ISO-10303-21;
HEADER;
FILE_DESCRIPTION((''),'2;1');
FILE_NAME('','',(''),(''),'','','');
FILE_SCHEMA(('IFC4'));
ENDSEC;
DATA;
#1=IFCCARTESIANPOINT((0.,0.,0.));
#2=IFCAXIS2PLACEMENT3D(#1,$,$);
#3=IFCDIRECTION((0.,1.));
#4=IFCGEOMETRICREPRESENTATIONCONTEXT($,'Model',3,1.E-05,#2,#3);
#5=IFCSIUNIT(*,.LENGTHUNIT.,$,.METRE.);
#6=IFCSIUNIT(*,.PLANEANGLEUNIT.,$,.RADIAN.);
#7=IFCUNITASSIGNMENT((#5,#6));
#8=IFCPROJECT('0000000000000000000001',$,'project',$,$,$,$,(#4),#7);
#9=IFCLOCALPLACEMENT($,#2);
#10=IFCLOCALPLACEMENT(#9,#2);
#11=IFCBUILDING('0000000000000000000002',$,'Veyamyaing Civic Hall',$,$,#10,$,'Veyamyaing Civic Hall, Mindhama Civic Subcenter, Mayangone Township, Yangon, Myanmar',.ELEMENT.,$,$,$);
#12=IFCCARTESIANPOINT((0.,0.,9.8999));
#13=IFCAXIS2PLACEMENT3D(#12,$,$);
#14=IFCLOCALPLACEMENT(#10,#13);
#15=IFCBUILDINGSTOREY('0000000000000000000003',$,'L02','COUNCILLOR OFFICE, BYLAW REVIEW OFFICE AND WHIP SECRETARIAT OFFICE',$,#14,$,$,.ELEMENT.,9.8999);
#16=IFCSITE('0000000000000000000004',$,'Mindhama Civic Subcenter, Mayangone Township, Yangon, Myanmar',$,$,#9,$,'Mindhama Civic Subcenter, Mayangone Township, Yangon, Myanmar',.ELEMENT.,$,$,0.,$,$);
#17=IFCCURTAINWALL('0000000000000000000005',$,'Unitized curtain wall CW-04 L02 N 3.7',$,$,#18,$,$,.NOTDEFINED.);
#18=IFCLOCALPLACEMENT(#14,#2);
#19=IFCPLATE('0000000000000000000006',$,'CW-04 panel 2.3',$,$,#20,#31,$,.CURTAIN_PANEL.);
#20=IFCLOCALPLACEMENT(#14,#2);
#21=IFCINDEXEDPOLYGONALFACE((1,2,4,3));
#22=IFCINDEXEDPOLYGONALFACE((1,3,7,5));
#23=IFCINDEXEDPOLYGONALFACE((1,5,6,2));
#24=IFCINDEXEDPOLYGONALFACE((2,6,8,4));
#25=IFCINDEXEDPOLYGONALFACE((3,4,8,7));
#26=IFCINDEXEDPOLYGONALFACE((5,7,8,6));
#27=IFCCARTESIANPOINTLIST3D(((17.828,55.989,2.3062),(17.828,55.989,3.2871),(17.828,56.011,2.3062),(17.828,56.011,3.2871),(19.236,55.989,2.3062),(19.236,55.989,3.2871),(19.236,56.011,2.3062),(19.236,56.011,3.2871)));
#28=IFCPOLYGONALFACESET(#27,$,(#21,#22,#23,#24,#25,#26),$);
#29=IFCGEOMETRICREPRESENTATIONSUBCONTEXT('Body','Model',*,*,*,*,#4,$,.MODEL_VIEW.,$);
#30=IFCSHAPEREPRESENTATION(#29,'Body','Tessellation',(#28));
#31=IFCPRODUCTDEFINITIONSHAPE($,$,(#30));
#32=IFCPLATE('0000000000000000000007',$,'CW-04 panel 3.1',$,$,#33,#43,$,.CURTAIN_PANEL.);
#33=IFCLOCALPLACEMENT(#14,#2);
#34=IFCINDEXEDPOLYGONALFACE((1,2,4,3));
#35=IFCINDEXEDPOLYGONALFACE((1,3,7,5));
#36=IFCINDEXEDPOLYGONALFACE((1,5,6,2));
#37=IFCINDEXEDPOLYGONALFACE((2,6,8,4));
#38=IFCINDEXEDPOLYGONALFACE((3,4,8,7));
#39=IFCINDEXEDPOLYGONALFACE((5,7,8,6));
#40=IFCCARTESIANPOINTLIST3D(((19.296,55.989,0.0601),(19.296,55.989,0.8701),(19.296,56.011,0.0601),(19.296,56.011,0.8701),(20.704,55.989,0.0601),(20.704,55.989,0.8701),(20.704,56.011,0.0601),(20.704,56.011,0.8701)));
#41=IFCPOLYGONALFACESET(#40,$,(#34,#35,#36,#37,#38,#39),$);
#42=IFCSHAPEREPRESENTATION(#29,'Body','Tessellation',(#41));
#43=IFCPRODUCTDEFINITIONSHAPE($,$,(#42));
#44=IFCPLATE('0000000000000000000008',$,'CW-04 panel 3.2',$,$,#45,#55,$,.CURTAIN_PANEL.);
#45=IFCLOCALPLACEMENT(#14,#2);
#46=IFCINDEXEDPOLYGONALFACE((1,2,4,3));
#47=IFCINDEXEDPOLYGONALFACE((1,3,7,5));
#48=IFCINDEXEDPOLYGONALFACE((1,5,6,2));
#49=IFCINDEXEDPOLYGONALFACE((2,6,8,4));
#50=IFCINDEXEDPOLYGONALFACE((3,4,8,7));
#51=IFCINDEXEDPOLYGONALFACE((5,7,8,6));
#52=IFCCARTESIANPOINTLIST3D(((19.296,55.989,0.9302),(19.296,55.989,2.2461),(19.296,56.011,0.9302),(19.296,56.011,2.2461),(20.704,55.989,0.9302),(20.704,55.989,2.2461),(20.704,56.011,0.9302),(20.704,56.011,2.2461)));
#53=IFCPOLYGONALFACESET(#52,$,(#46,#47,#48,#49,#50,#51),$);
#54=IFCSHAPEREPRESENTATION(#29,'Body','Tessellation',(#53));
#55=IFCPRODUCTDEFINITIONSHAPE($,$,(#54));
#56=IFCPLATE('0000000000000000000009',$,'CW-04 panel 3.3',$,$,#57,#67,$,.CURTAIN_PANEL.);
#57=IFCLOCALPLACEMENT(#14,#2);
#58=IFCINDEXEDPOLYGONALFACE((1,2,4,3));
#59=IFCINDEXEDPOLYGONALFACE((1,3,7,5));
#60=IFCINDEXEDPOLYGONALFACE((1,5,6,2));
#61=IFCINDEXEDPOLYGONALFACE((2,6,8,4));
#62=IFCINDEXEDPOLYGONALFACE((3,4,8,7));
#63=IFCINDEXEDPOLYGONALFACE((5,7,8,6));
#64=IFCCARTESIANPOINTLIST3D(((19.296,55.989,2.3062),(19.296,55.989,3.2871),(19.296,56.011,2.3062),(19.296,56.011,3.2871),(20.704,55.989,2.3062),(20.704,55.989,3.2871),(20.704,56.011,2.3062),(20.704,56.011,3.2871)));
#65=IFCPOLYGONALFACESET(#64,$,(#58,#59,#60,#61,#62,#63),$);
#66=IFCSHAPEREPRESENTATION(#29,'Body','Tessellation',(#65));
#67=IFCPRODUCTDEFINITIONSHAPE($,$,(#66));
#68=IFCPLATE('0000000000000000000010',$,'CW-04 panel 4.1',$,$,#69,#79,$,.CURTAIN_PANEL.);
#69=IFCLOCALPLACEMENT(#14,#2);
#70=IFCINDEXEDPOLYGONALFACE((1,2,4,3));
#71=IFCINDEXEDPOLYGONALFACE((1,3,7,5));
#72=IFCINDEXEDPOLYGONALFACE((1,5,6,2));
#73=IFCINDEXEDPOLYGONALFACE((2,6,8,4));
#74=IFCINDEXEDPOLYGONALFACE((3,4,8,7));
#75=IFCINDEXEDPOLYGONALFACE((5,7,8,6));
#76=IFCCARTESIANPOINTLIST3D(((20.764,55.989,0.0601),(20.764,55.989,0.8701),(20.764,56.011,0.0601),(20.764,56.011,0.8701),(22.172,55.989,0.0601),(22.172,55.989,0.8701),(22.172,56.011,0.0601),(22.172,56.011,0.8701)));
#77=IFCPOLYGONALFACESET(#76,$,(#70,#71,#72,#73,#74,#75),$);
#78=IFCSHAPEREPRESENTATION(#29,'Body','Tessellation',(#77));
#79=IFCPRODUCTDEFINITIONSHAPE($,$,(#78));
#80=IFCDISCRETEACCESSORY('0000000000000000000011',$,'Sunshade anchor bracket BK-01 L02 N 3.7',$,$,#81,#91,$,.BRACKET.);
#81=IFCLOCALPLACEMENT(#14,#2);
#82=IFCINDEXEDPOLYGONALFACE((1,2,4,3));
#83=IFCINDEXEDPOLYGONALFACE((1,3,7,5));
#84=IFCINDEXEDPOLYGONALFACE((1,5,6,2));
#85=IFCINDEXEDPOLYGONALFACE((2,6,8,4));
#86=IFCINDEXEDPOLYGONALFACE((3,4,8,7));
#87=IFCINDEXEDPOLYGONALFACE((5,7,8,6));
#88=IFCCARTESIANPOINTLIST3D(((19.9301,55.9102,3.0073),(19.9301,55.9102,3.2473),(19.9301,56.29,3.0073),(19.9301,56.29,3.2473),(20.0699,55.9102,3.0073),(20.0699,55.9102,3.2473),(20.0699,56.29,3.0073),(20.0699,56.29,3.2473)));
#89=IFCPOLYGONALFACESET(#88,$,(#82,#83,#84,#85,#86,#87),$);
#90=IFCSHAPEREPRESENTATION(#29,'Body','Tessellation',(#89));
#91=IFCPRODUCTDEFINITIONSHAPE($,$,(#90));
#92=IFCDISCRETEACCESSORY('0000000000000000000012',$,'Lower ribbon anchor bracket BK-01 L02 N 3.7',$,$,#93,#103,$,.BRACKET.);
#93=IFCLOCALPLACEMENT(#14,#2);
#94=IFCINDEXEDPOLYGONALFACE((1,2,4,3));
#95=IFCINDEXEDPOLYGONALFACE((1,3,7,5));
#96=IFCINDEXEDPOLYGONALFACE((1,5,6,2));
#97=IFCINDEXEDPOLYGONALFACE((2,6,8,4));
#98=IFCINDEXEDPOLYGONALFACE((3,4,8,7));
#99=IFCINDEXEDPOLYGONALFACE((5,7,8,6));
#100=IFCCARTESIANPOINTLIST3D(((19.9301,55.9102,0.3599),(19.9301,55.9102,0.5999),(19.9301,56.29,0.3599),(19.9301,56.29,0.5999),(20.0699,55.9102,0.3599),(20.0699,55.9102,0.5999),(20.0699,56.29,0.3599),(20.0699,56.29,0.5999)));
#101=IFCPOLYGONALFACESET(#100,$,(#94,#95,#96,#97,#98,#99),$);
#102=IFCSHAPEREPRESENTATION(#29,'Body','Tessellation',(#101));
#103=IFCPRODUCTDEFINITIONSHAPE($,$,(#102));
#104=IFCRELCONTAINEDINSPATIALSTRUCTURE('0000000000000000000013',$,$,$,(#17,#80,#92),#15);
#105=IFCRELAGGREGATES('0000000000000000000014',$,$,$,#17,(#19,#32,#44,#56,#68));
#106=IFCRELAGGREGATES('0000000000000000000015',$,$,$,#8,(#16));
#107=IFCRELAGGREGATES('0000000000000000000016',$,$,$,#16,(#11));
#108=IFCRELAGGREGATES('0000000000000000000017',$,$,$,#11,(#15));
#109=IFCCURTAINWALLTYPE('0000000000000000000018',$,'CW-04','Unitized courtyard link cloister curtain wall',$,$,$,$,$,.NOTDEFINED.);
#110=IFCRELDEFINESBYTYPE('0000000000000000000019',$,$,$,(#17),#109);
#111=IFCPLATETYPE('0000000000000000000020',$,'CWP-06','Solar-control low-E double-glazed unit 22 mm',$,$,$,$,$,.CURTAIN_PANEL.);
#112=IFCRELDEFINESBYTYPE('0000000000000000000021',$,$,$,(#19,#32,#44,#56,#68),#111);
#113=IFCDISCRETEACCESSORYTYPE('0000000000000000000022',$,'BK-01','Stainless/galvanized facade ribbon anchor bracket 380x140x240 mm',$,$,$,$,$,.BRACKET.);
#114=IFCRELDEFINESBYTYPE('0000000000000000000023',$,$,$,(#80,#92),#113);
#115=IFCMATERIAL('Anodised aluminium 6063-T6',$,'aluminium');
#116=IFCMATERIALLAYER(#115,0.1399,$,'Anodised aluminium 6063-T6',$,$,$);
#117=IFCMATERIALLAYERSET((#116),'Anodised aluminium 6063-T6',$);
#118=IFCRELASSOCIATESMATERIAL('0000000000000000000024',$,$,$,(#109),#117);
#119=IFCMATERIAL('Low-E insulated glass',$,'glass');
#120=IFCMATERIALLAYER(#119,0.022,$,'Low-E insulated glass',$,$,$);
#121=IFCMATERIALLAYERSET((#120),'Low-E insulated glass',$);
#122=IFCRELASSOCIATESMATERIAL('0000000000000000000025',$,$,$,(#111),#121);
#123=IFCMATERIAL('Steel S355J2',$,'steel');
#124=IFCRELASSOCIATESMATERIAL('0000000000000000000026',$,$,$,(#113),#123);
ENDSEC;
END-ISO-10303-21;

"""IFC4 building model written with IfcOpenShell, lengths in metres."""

from ifc_helpers import new_model, si_unit, direction, frame, origin, origin_2d, place, context, subcontext, project, spatial, rectangle, extrude, material, layer, layer_set, type_object, element, aggregate, save


model = new_model("IFC4")

# Units and contexts
model_context = context("Model", 3, precision=1e-05, world=origin(), true_north=direction((0.0, 1.0)))
body_context = subcontext(model_context, "Body", "Model", "MODEL_VIEW")
ifc_project = project(units=[si_unit("LENGTHUNIT", "METRE"), si_unit("PLANEANGLEUNIT", "RADIAN")], contexts=[model_context])

# Site, building, storey
site_placement = place(None, origin())
site = spatial("IfcSite", under=ifc_project, at=site_placement, Name="Mindhama Civic Subcenter, Mayangone Township, Yangon, Myanmar", LongName="Mindhama Civic Subcenter, Mayangone Township, Yangon, Myanmar", CompositionType="ELEMENT", RefElevation=0.0)
building_placement = place(site_placement, origin())
building = spatial("IfcBuilding", under=site, at=building_placement, Name="Veyamyaing Civic Hall", LongName="Veyamyaing Civic Hall, Mindhama Civic Subcenter, Mayangone Township, Yangon, Myanmar", CompositionType="ELEMENT")
storey_placement = place(building_placement, frame((0.0, 0.0, 9.8999)))
storey = spatial("IfcBuildingStorey", under=building, at=storey_placement, Name="L02", Description="COUNCILLOR OFFICE, BYLAW REVIEW OFFICE AND WHIP SECRETARIAT OFFICE", CompositionType="ELEMENT", Elevation=9.8999)

# Curtain wall, plates
ifc_material_1 = material(Name="Anodised aluminium 6063-T6", Category="aluminium")
ifc_layer_1 = layer(ifc_material_1, 0.1399, Name="Anodised aluminium 6063-T6")
ifc_layer_set_1 = layer_set([ifc_layer_1], Name="Anodised aluminium 6063-T6")
curtain_wall_type = type_object("IfcCurtainWallType", Name="CW-04", Description="Unitized courtyard link cloister curtain wall", PredefinedType="NOTDEFINED", material=ifc_layer_set_1)
curtain_wall_placement = place(storey_placement, origin())
curtain_wall = element("IfcCurtainWall", 1, at=curtain_wall_placement, inside=storey, type_object=curtain_wall_type, Name="Unitized curtain wall CW-04 L02 N 3.7", PredefinedType="NOTDEFINED")
ifc_material_2 = material(Name="Low-E insulated glass", Category="glass")
ifc_layer_2 = layer(ifc_material_2, 0.022, Name="Low-E insulated glass")
ifc_layer_set_2 = layer_set([ifc_layer_2], Name="Low-E insulated glass")
plate_type = type_object("IfcPlateType", Name="CWP-06", Description="Solar-control low-E double-glazed unit 22 mm", PredefinedType="CURTAIN_PANEL", material=ifc_layer_set_2)
plate_1_placement = place(storey_placement, frame((18.532, 56.0, 2.3062), z_axis=(0.0, 0.0, 1.0), x_axis=(1.0, 0.0, 0.0)))
plate_1 = element("IfcPlate", 2, at=plate_1_placement, type_object=plate_type, Name="CW-04 panel 2.3", PredefinedType="CURTAIN_PANEL", context=body_context, shape_type="SweptSolid", body=[
    extrude(rectangle(XDim=1.408, YDim=0.022, at=origin_2d()), origin(), (0.0, 0.0, 1.0), 0.981),
])
plate_2_placement = place(storey_placement, frame((20.0, 56.0, 0.0601), z_axis=(0.0, 0.0, 1.0), x_axis=(1.0, 0.0, 0.0)))
plate_2 = element("IfcPlate", 3, at=plate_2_placement, type_object=plate_type, Name="CW-04 panel 3.1", PredefinedType="CURTAIN_PANEL", context=body_context, shape_type="SweptSolid", body=[
    extrude(rectangle(XDim=1.408, YDim=0.022, at=origin_2d()), origin(), (0.0, 0.0, 1.0), 0.8101),
])
plate_3_placement = place(storey_placement, frame((20.0, 56.0, 0.9302), z_axis=(0.0, 0.0, 1.0), x_axis=(1.0, 0.0, 0.0)))
plate_3 = element("IfcPlate", 4, at=plate_3_placement, type_object=plate_type, Name="CW-04 panel 3.2", PredefinedType="CURTAIN_PANEL", context=body_context, shape_type="SweptSolid", body=[
    extrude(rectangle(XDim=1.408, YDim=0.022, at=origin_2d()), origin(), (0.0, 0.0, 1.0), 1.3159),
])
plate_4_placement = place(storey_placement, frame((20.0, 56.0, 2.3062), z_axis=(0.0, 0.0, 1.0), x_axis=(1.0, 0.0, 0.0)))
plate_4 = element("IfcPlate", 5, at=plate_4_placement, type_object=plate_type, Name="CW-04 panel 3.3", PredefinedType="CURTAIN_PANEL", context=body_context, shape_type="SweptSolid", body=[
    extrude(rectangle(XDim=1.408, YDim=0.022, at=origin_2d()), origin(), (0.0, 0.0, 1.0), 0.981),
])
plate_5_placement = place(storey_placement, frame((21.468, 56.0, 0.0601), z_axis=(0.0, 0.0, 1.0), x_axis=(1.0, 0.0, 0.0)))
plate_5 = element("IfcPlate", 6, at=plate_5_placement, type_object=plate_type, Name="CW-04 panel 4.1", PredefinedType="CURTAIN_PANEL", context=body_context, shape_type="SweptSolid", body=[
    extrude(rectangle(XDim=1.408, YDim=0.022, at=origin_2d()), origin(), (0.0, 0.0, 1.0), 0.8101),
])
aggregate(curtain_wall, [plate_1, plate_2, plate_3, plate_4, plate_5])

# Discrete accessories
ifc_material_3 = material(Name="Steel S355J2", Category="steel")
discrete_accessory_type = type_object("IfcDiscreteAccessoryType", Name="BK-01", Description="Stainless/galvanized facade ribbon anchor bracket 380x140x240 mm", PredefinedType="BRACKET", material=ifc_material_3)
for number, where, z_axis, x_axis, name in (
    (7, (20.0, 56.1001, 3.0073), (0.0, 0.0, 1.0), (0.0, 1.0, 0.0), "Sunshade anchor bracket BK-01 L02 N 3.7"),
    (8, (20.0, 56.1001, 0.3599), (0.0, 0.0, 1.0), (0.0, 1.0, 0.0), "Lower ribbon anchor bracket BK-01 L02 N 3.7"),
):
    element("IfcDiscreteAccessory", number, at=place(storey_placement, frame(where, z_axis=z_axis, x_axis=x_axis)), inside=storey, type_object=discrete_accessory_type, Name=name, PredefinedType="BRACKET", context=body_context, shape_type="SweptSolid", body=[
        extrude(rectangle(XDim=0.3799, YDim=0.1399, at=origin_2d()), origin(), (0.0, 0.0, 1.0), 0.24),
    ])

save(model, "model.ifc")
